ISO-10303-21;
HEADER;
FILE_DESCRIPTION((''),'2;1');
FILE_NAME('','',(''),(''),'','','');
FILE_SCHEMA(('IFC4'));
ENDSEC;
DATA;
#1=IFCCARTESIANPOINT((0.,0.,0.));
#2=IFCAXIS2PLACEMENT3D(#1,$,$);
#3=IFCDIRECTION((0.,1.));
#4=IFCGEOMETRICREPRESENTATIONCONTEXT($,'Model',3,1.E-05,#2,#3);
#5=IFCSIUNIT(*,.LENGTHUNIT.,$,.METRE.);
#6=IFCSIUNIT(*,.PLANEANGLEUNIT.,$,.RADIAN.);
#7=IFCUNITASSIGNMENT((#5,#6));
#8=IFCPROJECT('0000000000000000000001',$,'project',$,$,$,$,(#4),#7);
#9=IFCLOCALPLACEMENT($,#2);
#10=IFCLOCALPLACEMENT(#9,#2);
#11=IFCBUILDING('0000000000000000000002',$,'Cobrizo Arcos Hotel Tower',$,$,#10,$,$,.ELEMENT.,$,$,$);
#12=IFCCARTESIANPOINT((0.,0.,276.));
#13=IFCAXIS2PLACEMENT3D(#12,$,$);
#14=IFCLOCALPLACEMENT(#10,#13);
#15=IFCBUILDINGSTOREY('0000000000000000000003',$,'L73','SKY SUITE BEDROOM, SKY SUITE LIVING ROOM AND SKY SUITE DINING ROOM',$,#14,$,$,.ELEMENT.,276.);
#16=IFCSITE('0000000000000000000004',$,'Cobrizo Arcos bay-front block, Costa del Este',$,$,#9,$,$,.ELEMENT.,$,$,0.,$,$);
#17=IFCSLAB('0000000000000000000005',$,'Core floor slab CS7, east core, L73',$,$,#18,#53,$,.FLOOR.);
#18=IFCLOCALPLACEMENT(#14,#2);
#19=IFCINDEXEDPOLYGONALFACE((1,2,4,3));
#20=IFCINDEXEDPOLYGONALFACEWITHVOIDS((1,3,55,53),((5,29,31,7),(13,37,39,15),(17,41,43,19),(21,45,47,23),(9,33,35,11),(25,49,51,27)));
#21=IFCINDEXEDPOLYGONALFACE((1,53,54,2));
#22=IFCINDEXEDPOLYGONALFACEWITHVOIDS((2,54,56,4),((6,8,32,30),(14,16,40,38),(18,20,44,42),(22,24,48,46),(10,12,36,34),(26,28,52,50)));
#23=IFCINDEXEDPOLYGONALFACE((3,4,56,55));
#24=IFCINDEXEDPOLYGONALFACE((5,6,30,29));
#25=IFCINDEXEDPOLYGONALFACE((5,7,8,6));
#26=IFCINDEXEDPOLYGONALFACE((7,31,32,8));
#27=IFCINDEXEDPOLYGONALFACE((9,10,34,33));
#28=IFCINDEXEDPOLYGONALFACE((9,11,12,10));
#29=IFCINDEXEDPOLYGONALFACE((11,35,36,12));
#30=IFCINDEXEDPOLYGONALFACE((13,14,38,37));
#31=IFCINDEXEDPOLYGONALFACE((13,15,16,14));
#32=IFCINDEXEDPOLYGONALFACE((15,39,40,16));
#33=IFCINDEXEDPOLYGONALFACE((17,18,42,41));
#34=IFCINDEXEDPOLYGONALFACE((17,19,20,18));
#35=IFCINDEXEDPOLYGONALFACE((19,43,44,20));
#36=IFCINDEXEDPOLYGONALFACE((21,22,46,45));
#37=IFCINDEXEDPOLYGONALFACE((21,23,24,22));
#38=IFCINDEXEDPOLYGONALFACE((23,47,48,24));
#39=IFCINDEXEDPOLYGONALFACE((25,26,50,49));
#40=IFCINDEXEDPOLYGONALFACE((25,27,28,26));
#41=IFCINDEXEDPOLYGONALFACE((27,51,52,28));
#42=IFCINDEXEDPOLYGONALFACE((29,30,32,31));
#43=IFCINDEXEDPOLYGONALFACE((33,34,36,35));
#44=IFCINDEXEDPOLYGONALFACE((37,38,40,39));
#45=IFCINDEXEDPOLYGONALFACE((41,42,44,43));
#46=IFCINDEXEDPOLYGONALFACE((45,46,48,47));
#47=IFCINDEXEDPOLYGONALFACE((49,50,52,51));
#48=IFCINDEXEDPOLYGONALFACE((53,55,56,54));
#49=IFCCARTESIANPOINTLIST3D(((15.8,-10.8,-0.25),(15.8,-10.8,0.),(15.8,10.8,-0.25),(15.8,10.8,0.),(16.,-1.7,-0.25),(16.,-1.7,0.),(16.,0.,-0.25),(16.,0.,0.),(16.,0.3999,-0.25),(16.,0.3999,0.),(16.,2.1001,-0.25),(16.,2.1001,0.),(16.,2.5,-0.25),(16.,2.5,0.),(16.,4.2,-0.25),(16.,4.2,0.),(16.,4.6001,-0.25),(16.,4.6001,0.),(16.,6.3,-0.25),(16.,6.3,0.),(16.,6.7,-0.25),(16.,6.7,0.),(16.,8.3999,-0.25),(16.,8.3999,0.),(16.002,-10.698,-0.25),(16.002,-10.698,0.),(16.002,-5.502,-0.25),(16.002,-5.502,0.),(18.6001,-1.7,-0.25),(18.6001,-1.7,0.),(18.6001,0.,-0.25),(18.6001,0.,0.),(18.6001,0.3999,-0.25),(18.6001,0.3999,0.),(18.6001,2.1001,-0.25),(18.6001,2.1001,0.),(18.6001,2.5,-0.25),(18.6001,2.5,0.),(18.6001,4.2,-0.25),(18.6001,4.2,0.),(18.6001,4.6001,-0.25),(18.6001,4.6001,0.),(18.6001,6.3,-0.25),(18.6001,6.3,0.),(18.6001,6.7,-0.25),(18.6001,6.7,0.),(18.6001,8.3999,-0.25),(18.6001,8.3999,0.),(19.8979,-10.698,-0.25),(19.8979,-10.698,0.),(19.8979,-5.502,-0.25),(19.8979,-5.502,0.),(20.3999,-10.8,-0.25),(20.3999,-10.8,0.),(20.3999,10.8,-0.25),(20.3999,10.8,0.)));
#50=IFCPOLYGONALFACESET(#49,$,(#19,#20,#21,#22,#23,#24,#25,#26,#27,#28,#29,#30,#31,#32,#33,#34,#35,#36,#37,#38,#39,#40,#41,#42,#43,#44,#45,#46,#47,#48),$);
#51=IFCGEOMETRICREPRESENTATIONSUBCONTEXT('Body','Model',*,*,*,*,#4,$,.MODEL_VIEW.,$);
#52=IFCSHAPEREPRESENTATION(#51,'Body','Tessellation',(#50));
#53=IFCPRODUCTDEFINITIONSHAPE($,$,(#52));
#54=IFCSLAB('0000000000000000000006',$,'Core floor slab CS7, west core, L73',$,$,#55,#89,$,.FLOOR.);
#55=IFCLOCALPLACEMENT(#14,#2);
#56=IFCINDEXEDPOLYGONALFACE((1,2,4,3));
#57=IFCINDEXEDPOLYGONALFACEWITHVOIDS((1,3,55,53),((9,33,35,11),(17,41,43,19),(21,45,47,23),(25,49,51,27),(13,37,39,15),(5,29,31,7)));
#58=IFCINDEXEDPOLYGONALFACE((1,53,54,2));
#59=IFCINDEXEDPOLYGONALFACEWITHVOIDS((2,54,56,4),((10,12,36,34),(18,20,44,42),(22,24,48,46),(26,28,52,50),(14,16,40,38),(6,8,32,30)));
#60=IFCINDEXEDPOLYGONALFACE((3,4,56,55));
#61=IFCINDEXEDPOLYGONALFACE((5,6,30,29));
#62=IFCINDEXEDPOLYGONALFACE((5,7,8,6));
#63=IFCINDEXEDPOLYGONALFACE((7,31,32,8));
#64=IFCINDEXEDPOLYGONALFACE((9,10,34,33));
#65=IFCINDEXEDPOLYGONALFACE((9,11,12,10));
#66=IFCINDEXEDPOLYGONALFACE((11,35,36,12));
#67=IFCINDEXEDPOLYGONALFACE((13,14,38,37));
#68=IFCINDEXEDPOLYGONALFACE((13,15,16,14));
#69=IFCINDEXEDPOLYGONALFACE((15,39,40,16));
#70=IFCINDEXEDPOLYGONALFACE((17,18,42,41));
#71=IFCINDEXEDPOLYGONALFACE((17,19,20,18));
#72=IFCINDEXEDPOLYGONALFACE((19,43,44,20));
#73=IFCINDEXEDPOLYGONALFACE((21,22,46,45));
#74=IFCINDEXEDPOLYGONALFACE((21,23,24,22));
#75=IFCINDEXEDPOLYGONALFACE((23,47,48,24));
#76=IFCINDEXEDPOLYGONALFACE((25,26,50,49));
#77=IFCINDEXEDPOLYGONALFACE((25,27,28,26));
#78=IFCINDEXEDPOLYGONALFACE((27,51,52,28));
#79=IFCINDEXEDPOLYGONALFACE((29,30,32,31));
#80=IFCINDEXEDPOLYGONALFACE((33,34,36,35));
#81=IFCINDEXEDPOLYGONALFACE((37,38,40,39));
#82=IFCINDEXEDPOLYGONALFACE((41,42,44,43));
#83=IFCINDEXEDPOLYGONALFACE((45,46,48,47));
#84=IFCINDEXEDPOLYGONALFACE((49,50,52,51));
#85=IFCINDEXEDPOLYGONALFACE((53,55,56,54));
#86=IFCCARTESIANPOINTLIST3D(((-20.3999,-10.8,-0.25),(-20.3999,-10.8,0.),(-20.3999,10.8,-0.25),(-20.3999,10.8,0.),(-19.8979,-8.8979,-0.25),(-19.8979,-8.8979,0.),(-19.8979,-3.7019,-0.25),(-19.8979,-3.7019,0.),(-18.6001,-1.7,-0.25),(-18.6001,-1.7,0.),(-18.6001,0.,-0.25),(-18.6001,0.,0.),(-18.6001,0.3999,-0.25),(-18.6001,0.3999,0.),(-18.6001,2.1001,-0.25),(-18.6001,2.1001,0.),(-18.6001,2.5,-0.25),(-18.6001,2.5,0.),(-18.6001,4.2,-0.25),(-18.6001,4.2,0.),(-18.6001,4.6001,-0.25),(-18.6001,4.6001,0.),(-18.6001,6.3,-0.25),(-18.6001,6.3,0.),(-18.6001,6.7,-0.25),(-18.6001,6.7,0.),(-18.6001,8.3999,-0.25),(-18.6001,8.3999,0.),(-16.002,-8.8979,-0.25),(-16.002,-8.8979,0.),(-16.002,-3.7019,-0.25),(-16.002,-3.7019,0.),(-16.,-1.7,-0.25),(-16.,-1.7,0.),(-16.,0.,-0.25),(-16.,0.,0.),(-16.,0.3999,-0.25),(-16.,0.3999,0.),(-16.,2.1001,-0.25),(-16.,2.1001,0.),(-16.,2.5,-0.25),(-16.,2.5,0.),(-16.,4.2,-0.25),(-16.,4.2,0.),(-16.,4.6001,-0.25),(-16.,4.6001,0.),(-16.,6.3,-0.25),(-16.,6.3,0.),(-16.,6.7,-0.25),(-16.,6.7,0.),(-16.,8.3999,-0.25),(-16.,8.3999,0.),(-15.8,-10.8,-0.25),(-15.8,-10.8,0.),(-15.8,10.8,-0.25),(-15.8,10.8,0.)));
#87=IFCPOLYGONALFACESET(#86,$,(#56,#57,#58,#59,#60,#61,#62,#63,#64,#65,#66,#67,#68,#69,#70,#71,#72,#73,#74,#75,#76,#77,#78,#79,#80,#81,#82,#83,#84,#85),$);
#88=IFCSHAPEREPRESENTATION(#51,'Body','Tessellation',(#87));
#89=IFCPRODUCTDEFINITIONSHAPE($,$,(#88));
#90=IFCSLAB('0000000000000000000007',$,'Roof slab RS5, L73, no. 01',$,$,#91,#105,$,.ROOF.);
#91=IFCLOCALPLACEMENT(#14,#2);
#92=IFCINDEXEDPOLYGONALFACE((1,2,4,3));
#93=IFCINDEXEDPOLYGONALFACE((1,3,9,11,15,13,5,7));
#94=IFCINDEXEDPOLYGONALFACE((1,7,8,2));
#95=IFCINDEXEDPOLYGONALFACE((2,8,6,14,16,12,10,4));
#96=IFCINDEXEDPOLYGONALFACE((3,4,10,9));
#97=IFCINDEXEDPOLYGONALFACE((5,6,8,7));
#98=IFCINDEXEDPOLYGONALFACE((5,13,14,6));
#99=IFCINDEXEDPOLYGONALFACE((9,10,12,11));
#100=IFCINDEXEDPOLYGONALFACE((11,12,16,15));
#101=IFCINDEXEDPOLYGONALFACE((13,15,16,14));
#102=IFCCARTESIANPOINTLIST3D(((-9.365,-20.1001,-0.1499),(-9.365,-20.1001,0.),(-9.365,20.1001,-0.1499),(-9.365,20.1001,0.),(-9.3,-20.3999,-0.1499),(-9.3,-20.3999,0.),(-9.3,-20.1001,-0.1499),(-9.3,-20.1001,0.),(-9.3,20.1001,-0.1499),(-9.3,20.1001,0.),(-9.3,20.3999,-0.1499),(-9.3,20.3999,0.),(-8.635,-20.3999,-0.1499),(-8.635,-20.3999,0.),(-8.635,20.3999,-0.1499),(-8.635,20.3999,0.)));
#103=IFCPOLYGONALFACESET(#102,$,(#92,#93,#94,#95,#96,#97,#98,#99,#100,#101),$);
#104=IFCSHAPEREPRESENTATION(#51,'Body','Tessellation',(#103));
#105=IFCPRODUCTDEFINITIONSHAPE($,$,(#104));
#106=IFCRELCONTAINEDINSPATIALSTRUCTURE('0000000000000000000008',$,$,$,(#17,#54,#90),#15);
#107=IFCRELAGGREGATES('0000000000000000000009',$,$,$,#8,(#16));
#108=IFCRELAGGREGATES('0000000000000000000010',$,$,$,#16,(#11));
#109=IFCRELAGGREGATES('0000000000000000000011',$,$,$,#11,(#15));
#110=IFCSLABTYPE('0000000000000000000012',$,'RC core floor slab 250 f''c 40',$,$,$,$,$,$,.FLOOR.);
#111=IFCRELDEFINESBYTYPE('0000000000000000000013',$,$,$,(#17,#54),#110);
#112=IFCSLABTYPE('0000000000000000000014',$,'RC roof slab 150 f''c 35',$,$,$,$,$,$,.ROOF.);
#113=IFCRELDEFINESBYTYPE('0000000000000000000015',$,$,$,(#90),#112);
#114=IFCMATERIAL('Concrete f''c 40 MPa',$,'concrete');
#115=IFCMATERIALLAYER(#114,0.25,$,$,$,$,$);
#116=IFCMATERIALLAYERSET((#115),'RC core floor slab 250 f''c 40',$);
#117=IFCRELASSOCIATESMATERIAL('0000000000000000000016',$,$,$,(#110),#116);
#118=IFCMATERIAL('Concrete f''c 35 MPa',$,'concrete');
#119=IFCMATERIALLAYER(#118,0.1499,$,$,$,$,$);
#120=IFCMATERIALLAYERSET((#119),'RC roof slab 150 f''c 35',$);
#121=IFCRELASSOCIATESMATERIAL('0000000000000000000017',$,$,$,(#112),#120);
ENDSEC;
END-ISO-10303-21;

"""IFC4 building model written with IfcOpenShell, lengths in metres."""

from ifc_helpers import new_model, si_unit, direction, frame, origin, place, context, subcontext, project, spatial, polyline, outline, extrude, material, layer, layer_set, type_object, element, save


model = new_model("IFC4")

# Units and contexts
model_context = context("Model", 3, precision=1e-05, world=origin(), true_north=direction((0.0, 1.0)))
body_context = subcontext(model_context, "Body", "Model", "MODEL_VIEW")
ifc_project = project(units=[si_unit("LENGTHUNIT", "METRE"), si_unit("PLANEANGLEUNIT", "RADIAN")], contexts=[model_context])

# Site, building, storey
site_placement = place(None, origin())
site = spatial("IfcSite", under=ifc_project, at=site_placement, Name="Cobrizo Arcos bay-front block, Costa del Este", CompositionType="ELEMENT", RefElevation=0.0)
building_placement = place(site_placement, origin())
building = spatial("IfcBuilding", under=site, at=building_placement, Name="Cobrizo Arcos Hotel Tower", CompositionType="ELEMENT")
storey_placement = place(building_placement, frame((0.0, 0.0, 276.0)))
storey = spatial("IfcBuildingStorey", under=building, at=storey_placement, Name="L73", Description="SKY SUITE BEDROOM, SKY SUITE LIVING ROOM AND SKY SUITE DINING ROOM", CompositionType="ELEMENT", Elevation=276.0)

# Slabs
ifc_material_1 = material(Name="Concrete f'c 35 MPa", Category="concrete")
ifc_material_2 = material(Name="Concrete f'c 40 MPa", Category="concrete")
ifc_layer_1 = layer(ifc_material_2, 0.25)
ifc_layer_set_1 = layer_set([ifc_layer_1], Name="RC core floor slab 250 f'c 40")
slab_type_1 = type_object("IfcSlabType", Name="RC core floor slab 250 f'c 40", PredefinedType="FLOOR", material=ifc_layer_set_1)
slab_1_placement = place(storey_placement, frame((0.0, 0.0, -0.25)))
element("IfcSlab", 1, at=slab_1_placement, inside=storey, type_object=slab_type_1, Name="Core floor slab CS7, east core, L73", PredefinedType="FLOOR", context=body_context, shape_type="SweptSolid", body=[
    extrude(outline(polyline([(15.8, 10.8), (20.3999, 10.8), (20.3999, -10.8), (15.8, -10.8), (15.8, 10.8)]), holes=[polyline([(19.8979, -10.698), (19.8979, -5.502), (16.002, -5.502), (16.002, -10.698), (19.8979, -10.698)]), polyline([(16.0, 0.0), (16.0, -1.7), (18.6001, -1.7), (18.6001, 0.0), (16.0, 0.0)]), polyline([(16.0, 2.1001), (16.0, 0.3999), (18.6001, 0.3999), (18.6001, 2.1001), (16.0, 2.1001)]), polyline([(16.0, 4.2), (16.0, 2.5), (18.6001, 2.5), (18.6001, 4.2), (16.0, 4.2)]), polyline([(18.6001, 6.3), (16.0, 6.3), (16.0, 4.6001), (18.6001, 4.6001), (18.6001, 6.3)]), polyline([(18.6001, 8.3999), (16.0, 8.3999), (16.0, 6.7), (18.6001, 6.7), (18.6001, 8.3999)])]), origin(), (0.0, 0.0, 1.0), 0.25),
])
slab_2_placement = place(storey_placement, frame((0.0, 0.0, -0.25)))
element("IfcSlab", 2, at=slab_2_placement, inside=storey, type_object=slab_type_1, Name="Core floor slab CS7, west core, L73", PredefinedType="FLOOR", context=body_context, shape_type="SweptSolid", body=[
    extrude(outline(polyline([(-20.3999, 10.8), (-15.8, 10.8), (-15.8, -10.8), (-20.3999, -10.8), (-20.3999, 10.8)]), holes=[polyline([(-19.8979, -3.7019), (-19.8979, -8.8979), (-16.002, -8.8979), (-16.002, -3.7019), (-19.8979, -3.7019)]), polyline([(-18.6001, 0.0), (-18.6001, -1.7), (-16.0, -1.7), (-16.0, 0.0), (-18.6001, 0.0)]), polyline([(-18.6001, 2.1001), (-18.6001, 0.3999), (-16.0, 0.3999), (-16.0, 2.1001), (-18.6001, 2.1001)]), polyline([(-18.6001, 4.2), (-18.6001, 2.5), (-16.0, 2.5), (-16.0, 4.2), (-18.6001, 4.2)]), polyline([(-16.0, 6.3), (-18.6001, 6.3), (-18.6001, 4.6001), (-16.0, 4.6001), (-16.0, 6.3)]), polyline([(-16.0, 8.3999), (-18.6001, 8.3999), (-18.6001, 6.7), (-16.0, 6.7), (-16.0, 8.3999)])]), origin(), (0.0, 0.0, 1.0), 0.25),
])
ifc_layer_2 = layer(ifc_material_1, 0.1499)
ifc_layer_set_2 = layer_set([ifc_layer_2], Name="RC roof slab 150 f'c 35")
slab_type_2 = type_object("IfcSlabType", Name="RC roof slab 150 f'c 35", PredefinedType="ROOF", material=ifc_layer_set_2)
slab_3_placement = place(storey_placement, frame((0.0, 0.0, -0.1499)))
element("IfcSlab", 3, at=slab_3_placement, inside=storey, type_object=slab_type_2, Name="Roof slab RS5, L73, no. 01", PredefinedType="ROOF", context=body_context, shape_type="SweptSolid", body=[
    extrude(outline(polyline([(-9.3, -20.3999), (-9.3, -20.1001), (-9.365, -20.1001), (-9.365, 20.1001), (-9.3, 20.1001), (-9.3, 20.3999), (-8.635, 20.3999), (-8.635, -20.3999), (-9.3, -20.3999)])), origin(), (0.0, 0.0, 1.0), 0.1499),
])

save(model, "model.ifc")
